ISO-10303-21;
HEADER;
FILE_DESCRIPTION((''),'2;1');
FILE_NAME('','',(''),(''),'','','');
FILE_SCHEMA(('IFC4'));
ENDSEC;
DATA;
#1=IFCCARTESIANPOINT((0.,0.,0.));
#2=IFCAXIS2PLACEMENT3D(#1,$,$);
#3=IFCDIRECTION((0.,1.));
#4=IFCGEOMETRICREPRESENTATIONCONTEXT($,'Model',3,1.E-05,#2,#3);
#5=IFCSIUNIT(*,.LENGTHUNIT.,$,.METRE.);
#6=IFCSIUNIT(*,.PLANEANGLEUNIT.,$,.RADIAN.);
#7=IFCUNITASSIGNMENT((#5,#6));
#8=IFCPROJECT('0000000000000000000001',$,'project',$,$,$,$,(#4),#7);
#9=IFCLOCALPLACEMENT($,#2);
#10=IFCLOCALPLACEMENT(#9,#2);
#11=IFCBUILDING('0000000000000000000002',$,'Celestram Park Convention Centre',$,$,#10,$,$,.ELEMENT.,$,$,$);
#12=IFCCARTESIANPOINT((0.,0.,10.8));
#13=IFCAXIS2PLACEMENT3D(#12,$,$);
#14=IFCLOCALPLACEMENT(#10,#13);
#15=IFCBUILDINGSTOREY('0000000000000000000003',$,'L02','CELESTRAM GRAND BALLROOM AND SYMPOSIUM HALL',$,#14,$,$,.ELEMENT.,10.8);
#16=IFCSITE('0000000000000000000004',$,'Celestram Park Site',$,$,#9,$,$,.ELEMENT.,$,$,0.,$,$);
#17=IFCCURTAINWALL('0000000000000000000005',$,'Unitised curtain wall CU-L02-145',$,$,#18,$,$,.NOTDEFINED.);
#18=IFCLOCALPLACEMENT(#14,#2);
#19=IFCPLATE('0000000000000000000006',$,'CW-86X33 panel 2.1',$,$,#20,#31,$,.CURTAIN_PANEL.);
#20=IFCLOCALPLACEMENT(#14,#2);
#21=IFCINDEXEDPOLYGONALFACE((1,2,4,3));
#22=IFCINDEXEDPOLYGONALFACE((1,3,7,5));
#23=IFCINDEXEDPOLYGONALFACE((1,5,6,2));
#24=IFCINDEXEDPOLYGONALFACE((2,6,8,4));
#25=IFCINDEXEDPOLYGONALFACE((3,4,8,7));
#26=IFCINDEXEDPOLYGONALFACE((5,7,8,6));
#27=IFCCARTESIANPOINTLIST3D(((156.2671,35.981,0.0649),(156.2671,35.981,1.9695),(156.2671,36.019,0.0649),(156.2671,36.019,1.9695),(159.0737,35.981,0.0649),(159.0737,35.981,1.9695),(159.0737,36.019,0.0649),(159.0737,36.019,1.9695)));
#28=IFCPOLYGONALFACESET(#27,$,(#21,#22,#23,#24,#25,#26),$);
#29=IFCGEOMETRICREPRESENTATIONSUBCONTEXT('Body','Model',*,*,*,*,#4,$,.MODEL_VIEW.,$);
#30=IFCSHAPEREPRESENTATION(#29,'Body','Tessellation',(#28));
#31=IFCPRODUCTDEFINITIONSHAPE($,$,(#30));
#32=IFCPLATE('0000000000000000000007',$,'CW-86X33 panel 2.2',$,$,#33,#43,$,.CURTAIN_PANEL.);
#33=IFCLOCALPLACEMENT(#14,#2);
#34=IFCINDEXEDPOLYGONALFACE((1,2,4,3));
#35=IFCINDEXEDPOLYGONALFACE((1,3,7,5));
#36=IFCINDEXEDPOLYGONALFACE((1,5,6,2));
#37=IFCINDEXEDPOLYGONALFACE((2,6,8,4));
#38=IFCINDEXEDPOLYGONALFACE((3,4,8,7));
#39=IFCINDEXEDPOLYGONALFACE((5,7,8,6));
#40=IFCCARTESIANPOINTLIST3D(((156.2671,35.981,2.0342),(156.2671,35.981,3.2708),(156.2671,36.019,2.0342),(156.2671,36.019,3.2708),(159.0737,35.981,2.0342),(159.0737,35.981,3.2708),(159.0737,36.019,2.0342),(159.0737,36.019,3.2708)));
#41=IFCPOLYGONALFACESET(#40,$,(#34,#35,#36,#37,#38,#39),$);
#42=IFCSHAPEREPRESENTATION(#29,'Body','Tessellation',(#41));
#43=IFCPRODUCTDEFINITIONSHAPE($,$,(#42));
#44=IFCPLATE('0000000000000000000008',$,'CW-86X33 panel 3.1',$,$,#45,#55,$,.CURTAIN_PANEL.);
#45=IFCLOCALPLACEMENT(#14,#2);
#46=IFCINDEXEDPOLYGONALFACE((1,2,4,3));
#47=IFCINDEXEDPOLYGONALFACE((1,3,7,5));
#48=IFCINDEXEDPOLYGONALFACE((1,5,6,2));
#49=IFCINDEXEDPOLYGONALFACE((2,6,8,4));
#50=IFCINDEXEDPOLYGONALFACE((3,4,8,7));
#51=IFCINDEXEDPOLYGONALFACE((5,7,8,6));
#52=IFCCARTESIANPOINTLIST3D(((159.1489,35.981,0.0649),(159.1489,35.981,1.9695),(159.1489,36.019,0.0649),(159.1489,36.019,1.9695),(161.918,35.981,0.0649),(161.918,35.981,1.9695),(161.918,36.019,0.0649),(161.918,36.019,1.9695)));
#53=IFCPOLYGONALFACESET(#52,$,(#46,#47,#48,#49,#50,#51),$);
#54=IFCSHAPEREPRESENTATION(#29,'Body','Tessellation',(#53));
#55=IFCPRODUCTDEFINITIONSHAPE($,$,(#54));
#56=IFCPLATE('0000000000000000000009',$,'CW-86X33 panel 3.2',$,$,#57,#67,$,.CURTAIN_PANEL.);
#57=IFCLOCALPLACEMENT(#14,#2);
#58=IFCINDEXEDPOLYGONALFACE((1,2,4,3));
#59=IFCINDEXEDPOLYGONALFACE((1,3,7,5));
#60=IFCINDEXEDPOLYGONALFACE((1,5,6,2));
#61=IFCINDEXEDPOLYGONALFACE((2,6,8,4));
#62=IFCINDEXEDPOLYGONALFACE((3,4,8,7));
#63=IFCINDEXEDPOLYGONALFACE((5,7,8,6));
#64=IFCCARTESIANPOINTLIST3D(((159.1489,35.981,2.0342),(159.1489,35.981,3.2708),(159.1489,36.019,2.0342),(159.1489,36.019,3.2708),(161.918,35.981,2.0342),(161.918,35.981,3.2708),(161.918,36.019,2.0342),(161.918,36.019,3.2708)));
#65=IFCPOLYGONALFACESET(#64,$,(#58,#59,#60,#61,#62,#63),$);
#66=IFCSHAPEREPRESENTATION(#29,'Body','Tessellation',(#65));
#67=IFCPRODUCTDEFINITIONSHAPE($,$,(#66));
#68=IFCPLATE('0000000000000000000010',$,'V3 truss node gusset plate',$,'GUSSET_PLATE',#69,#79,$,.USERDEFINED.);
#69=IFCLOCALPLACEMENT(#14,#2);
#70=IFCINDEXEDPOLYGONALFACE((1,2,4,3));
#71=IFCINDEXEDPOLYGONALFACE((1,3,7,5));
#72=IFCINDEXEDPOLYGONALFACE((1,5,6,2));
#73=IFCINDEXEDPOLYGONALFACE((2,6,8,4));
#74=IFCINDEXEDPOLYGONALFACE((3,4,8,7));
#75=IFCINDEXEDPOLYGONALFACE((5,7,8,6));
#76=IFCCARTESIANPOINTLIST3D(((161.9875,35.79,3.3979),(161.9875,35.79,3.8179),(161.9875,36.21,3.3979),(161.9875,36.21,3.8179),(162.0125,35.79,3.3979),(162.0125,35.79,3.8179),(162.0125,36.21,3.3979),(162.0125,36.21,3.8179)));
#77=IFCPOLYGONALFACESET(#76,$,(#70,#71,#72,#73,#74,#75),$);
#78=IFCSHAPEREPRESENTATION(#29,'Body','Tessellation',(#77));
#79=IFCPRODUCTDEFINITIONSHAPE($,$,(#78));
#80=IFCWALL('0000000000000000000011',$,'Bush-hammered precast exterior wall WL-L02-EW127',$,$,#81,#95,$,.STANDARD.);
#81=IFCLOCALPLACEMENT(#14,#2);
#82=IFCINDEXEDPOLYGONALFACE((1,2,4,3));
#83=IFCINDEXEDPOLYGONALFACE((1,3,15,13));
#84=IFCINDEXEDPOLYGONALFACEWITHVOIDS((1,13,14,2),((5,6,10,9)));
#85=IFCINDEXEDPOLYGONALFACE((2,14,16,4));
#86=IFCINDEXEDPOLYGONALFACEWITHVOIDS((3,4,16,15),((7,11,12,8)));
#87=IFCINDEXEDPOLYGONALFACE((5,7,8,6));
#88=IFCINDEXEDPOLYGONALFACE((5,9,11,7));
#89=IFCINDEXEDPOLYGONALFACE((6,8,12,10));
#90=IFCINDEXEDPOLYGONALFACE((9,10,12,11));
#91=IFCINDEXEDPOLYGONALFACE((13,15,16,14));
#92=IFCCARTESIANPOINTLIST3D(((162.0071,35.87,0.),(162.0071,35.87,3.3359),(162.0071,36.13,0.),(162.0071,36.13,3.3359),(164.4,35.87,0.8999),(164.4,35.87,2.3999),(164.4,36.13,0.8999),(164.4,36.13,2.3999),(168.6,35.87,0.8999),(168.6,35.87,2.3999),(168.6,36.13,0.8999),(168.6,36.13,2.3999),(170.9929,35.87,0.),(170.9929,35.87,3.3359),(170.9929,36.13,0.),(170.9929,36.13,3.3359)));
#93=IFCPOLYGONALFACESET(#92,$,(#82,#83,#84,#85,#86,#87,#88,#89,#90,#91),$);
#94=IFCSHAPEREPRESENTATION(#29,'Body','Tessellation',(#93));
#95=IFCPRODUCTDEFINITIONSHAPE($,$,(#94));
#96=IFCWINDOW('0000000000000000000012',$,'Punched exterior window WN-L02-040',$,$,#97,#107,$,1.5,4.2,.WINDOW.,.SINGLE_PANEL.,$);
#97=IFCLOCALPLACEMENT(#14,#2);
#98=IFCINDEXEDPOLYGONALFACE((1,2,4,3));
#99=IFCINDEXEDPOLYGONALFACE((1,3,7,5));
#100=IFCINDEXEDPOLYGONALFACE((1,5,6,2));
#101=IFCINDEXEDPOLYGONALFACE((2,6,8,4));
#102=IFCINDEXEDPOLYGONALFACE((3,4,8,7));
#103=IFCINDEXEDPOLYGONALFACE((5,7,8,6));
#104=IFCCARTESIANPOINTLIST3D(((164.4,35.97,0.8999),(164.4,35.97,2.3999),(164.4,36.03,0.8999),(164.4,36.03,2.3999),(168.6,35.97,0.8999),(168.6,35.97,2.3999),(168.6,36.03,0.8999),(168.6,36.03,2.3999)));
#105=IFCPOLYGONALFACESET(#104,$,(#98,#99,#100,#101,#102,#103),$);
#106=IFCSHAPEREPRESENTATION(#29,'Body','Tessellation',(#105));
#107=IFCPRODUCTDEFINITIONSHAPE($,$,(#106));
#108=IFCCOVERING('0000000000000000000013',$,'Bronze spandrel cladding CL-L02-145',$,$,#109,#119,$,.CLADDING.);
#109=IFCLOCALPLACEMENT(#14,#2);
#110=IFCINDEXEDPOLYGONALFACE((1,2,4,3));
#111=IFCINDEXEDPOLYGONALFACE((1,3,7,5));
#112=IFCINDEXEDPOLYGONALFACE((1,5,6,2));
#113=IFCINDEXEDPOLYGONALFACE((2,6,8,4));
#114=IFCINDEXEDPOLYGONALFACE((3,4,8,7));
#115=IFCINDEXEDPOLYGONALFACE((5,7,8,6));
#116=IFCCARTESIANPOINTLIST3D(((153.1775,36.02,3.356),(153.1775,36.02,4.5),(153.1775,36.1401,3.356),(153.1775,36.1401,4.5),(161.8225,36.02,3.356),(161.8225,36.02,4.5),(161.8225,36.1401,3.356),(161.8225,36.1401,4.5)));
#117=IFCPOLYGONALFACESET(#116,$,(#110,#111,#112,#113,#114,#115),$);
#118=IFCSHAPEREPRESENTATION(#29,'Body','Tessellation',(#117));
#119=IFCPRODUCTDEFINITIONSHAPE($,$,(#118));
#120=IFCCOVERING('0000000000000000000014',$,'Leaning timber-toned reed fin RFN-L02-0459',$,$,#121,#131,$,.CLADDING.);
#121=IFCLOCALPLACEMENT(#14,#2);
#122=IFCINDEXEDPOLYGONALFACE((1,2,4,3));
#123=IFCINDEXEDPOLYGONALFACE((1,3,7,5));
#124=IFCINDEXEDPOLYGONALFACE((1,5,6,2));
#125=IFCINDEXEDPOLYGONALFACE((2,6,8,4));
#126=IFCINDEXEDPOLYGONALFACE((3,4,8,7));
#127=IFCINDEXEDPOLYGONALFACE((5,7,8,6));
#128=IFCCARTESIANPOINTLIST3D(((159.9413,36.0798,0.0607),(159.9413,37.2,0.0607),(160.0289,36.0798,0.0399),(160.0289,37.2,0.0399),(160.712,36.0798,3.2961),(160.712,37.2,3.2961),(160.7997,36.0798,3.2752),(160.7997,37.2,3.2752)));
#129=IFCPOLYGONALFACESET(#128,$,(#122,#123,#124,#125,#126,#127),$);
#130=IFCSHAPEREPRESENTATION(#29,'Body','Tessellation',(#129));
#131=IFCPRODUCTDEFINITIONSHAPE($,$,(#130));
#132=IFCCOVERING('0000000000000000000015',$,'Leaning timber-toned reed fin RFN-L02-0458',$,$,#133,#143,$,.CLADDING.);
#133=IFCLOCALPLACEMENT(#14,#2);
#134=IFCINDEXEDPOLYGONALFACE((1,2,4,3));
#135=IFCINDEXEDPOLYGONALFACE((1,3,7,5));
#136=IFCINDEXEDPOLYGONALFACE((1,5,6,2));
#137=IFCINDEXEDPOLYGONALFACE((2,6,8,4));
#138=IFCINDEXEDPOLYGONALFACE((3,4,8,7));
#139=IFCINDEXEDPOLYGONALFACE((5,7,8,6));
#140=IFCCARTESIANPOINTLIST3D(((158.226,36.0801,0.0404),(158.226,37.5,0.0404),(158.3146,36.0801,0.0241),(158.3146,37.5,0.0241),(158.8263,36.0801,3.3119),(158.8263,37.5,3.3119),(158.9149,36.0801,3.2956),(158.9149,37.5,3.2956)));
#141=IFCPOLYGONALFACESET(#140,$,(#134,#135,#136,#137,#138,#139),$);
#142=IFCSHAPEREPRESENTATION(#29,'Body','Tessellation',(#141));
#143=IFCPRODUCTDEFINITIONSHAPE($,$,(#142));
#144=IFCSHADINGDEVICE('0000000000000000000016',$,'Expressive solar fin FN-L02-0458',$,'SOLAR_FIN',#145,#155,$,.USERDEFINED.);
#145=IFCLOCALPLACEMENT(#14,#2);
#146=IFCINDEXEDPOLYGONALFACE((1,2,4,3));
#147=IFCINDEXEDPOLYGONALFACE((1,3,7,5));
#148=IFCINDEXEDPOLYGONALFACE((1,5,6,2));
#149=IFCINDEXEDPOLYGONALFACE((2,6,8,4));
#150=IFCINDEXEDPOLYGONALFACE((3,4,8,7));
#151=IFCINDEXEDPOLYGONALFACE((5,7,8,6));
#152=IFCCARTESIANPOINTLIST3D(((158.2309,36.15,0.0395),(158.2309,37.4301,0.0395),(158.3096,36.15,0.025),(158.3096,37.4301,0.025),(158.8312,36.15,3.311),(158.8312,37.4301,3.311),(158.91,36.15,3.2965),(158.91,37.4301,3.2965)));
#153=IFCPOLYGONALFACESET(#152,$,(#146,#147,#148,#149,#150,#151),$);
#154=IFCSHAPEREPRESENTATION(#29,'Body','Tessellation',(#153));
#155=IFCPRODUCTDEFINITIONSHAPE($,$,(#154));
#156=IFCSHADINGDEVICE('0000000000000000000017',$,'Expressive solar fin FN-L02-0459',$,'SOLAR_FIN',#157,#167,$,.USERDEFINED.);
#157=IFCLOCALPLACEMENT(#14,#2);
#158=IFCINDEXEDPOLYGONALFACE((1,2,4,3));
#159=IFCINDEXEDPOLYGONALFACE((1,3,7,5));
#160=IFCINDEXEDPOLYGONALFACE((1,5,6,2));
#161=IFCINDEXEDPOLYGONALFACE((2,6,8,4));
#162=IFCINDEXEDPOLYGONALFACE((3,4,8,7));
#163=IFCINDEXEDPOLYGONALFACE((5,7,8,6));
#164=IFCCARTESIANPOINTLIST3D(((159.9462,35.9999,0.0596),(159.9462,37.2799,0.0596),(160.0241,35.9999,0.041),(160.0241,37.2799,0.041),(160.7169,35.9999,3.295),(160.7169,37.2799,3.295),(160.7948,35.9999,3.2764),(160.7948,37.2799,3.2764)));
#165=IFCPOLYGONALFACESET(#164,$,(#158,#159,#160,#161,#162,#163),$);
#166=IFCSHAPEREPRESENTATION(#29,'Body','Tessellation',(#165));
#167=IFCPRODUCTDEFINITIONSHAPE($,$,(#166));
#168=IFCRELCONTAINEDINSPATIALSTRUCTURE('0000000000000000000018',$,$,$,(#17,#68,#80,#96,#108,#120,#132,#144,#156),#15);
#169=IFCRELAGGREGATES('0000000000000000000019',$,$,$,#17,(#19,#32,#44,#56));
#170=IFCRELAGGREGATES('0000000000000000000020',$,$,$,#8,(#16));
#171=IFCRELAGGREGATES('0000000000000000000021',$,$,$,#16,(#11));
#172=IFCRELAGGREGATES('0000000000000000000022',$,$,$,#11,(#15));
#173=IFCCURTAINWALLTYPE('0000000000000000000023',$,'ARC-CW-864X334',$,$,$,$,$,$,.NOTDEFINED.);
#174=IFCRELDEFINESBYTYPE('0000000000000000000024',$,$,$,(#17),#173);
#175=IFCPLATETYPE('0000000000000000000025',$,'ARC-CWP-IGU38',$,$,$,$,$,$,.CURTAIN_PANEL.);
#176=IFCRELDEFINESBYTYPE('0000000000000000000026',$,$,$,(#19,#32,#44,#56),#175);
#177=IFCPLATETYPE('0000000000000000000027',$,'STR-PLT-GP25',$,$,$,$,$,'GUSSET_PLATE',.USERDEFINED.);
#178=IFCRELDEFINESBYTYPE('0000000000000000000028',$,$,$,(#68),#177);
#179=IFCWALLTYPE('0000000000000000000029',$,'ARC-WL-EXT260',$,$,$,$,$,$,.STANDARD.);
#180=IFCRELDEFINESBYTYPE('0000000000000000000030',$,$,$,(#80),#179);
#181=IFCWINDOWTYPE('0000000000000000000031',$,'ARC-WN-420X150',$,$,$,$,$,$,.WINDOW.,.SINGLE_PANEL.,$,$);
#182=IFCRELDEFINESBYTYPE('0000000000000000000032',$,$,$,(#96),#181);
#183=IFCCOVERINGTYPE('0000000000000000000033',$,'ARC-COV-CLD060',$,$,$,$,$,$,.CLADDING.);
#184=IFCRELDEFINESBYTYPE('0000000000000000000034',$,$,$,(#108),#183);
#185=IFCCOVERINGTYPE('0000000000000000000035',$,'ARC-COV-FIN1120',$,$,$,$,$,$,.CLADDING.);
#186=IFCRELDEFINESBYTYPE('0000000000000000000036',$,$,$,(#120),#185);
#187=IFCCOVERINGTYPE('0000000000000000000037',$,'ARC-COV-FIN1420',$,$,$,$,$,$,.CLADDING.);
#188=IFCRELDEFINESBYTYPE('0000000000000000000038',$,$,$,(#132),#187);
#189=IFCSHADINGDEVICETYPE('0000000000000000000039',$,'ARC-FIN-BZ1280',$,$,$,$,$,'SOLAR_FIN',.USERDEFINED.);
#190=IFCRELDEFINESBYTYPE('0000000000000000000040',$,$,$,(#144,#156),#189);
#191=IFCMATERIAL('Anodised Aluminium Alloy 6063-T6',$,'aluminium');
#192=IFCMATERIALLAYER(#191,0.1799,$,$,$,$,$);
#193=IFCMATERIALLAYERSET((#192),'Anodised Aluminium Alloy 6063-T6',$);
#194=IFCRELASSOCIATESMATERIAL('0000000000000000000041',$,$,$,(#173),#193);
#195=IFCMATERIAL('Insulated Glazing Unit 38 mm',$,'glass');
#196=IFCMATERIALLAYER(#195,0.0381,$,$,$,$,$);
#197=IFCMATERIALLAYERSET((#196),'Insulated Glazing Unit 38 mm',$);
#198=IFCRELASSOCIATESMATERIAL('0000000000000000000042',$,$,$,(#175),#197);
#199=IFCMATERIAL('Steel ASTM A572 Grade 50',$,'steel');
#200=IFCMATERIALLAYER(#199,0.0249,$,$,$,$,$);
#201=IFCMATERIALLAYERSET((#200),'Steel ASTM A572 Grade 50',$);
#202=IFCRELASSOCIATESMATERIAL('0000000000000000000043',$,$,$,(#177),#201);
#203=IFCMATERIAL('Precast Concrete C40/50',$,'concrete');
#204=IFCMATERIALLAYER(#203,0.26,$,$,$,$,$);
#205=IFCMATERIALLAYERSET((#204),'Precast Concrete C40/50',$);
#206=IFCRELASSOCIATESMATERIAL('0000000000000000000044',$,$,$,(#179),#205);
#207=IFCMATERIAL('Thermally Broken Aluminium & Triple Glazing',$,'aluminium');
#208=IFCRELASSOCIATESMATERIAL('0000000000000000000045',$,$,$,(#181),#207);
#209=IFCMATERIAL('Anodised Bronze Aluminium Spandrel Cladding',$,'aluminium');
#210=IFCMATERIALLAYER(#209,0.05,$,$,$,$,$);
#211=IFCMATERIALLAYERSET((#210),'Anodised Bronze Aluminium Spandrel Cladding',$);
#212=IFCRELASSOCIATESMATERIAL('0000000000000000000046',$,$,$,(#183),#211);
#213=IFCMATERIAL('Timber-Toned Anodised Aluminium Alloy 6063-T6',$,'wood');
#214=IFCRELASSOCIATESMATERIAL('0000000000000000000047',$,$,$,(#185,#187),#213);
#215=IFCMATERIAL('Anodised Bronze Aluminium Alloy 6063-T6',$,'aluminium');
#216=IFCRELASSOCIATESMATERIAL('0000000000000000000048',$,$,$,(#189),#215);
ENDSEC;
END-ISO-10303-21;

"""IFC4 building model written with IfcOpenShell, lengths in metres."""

from ifc_helpers import new_model, si_unit, direction, frame, frame_2d, origin, origin_2d, place, context, subcontext, project, spatial, rectangle, extrude, material, layer, layer_set, material_profile, profile_set, type_object, element, fill, aggregate, save


model = new_model("IFC4")

# Units and contexts
model_context = context("Model", 3, precision=1e-05, world=origin(), true_north=direction((0.0, 1.0)))
body_context = subcontext(model_context, "Body", "Model", "MODEL_VIEW")
ifc_project = project(units=[si_unit("LENGTHUNIT", "METRE"), si_unit("PLANEANGLEUNIT", "RADIAN")], contexts=[model_context])

# Site, building, storey
site_placement = place(None, origin())
site = spatial("IfcSite", under=ifc_project, at=site_placement, Name="Celestram Park Site", CompositionType="ELEMENT", RefElevation=0.0)
building_placement = place(site_placement, origin())
building = spatial("IfcBuilding", under=site, at=building_placement, Name="Celestram Park Convention Centre", CompositionType="ELEMENT")
storey_placement = place(building_placement, frame((0.0, 0.0, 10.8)))
storey = spatial("IfcBuildingStorey", under=building, at=storey_placement, Name="L02", Description="CELESTRAM GRAND BALLROOM AND SYMPOSIUM HALL", CompositionType="ELEMENT", Elevation=10.8)

# Curtain wall
ifc_material_1 = material(Name="Anodised Aluminium Alloy 6063-T6", Category="aluminium")
ifc_layer_1 = layer(ifc_material_1, 0.1799)
ifc_layer_set_1 = layer_set([ifc_layer_1], Name="Anodised Aluminium Alloy 6063-T6")
curtain_wall_type = type_object("IfcCurtainWallType", Name="ARC-CW-864X334", PredefinedType="NOTDEFINED", material=ifc_layer_set_1)
curtain_wall_placement = place(storey_placement, origin())
curtain_wall = element("IfcCurtainWall", 1, at=curtain_wall_placement, inside=storey, type_object=curtain_wall_type, Name="Unitised curtain wall CU-L02-145", PredefinedType="NOTDEFINED")

# Plates
ifc_material_2 = material(Name="Insulated Glazing Unit 38 mm", Category="glass")
ifc_layer_2 = layer(ifc_material_2, 0.0381)
ifc_layer_set_2 = layer_set([ifc_layer_2], Name="Insulated Glazing Unit 38 mm")
plate_type_1 = type_object("IfcPlateType", Name="ARC-CWP-IGU38", PredefinedType="CURTAIN_PANEL", material=ifc_layer_set_2)
plate_1_placement = place(storey_placement, frame((157.6704, 36.0, 0.0649), z_axis=(0.0, 0.0, 1.0), x_axis=(1.0, 0.0, 0.0)))
plate_1 = element("IfcPlate", 2, at=plate_1_placement, type_object=plate_type_1, Name="CW-86X33 panel 2.1", PredefinedType="CURTAIN_PANEL", context=body_context, shape_type="SweptSolid", body=[
    extrude(rectangle(XDim=2.8066, YDim=0.0381, at=origin_2d()), origin(), (0.0, 0.0, 1.0), 1.9045),
])
plate_2_placement = place(storey_placement, frame((157.6704, 36.0, 2.0342), z_axis=(0.0, 0.0, 1.0), x_axis=(1.0, 0.0, 0.0)))
plate_2 = element("IfcPlate", 3, at=plate_2_placement, type_object=plate_type_1, Name="CW-86X33 panel 2.2", PredefinedType="CURTAIN_PANEL", context=body_context, shape_type="SweptSolid", body=[
    extrude(rectangle(XDim=2.8066, YDim=0.0381, at=origin_2d()), origin(), (0.0, 0.0, 1.0), 1.2366),
])
plate_3_placement = place(storey_placement, frame((160.5334, 36.0, 0.0649), z_axis=(0.0, 0.0, 1.0), x_axis=(1.0, 0.0, 0.0)))
plate_3 = element("IfcPlate", 4, at=plate_3_placement, type_object=plate_type_1, Name="CW-86X33 panel 3.1", PredefinedType="CURTAIN_PANEL", context=body_context, shape_type="SweptSolid", body=[
    extrude(rectangle(XDim=2.769, YDim=0.0381, at=origin_2d()), origin(), (0.0, 0.0, 1.0), 1.9045),
])
plate_4_placement = place(storey_placement, frame((160.5334, 36.0, 2.0342), z_axis=(0.0, 0.0, 1.0), x_axis=(1.0, 0.0, 0.0)))
plate_4 = element("IfcPlate", 5, at=plate_4_placement, type_object=plate_type_1, Name="CW-86X33 panel 3.2", PredefinedType="CURTAIN_PANEL", context=body_context, shape_type="SweptSolid", body=[
    extrude(rectangle(XDim=2.769, YDim=0.0381, at=origin_2d()), origin(), (0.0, 0.0, 1.0), 1.2366),
])
aggregate(curtain_wall, [plate_1, plate_2, plate_3, plate_4])
ifc_material_3 = material(Name="Steel ASTM A572 Grade 50", Category="steel")
ifc_layer_3 = layer(ifc_material_3, 0.0249)
ifc_layer_set_3 = layer_set([ifc_layer_3], Name="Steel ASTM A572 Grade 50")
plate_type_2 = type_object("IfcPlateType", Name="STR-PLT-GP25", ElementType="GUSSET_PLATE", PredefinedType="USERDEFINED", material=ifc_layer_set_3)
plate_5_placement = place(storey_placement, frame((162.0, 36.0, 3.3979), z_axis=(0.0, 0.0, 1.0), x_axis=(0.0, 1.0, 0.0)))
element("IfcPlate", 6, at=plate_5_placement, inside=storey, type_object=plate_type_2, Name="V3 truss node gusset plate", ObjectType="GUSSET_PLATE", PredefinedType="USERDEFINED", context=body_context, shape_type="SweptSolid", body=[
    extrude(rectangle(XDim=0.4199, YDim=0.0249, at=origin_2d()), origin(), (0.0, 0.0, 1.0), 0.4199),
])

# Wall, opening, window
ifc_material_4 = material(Name="Precast Concrete C40/50", Category="concrete")
ifc_layer_4 = layer(ifc_material_4, 0.26)
ifc_layer_set_4 = layer_set([ifc_layer_4], Name="Precast Concrete C40/50")
wall_type = type_object("IfcWallType", Name="ARC-WL-EXT260", PredefinedType="STANDARD", material=ifc_layer_set_4)
wall_placement = place(storey_placement, frame((162.0071, 36.0, 0.0), z_axis=(0.0, 0.0, 1.0), x_axis=(1.0, 0.0, 0.0)))
wall = element("IfcWall", 7, at=wall_placement, inside=storey, type_object=wall_type, Name="Bush-hammered precast exterior wall WL-L02-EW127", PredefinedType="STANDARD", context=body_context, shape_type="SweptSolid", body=[
    extrude(rectangle(XDim=8.9858, YDim=0.26, at=frame_2d((4.4929, 0.0))), origin(), (0.0, 0.0, 1.0), 3.3359),
])
opening_placement = place(wall_placement, frame((2.3928, 0.0, 0.8999)))
opening = element("IfcOpeningElement", 8, at=opening_placement, cuts=wall, PredefinedType="OPENING", context=body_context, shape_type="SweptSolid", body=[
    extrude(rectangle(XDim=4.2, YDim=1.5, at=frame_2d((2.1001, 0.75))), frame((0.0, 0.1399, 0.0), z_axis=(0.0, -1.0, 0.0), x_axis=(1.0, 0.0, 0.0)), (0.0, 0.0, 1.0), 0.28),
])
ifc_material_5 = material(Name="Thermally Broken Aluminium & Triple Glazing", Category="aluminium")
window_type = type_object("IfcWindowType", Name="ARC-WN-420X150", PartitioningType="SINGLE_PANEL", PredefinedType="WINDOW", material=ifc_material_5)
window_placement = place(opening_placement, origin())
window = element("IfcWindow", 9, at=window_placement, inside=storey, type_object=window_type, Name="Punched exterior window WN-L02-040", OverallHeight=1.5, OverallWidth=4.2, PartitioningType="SINGLE_PANEL", PredefinedType="WINDOW", context=body_context, shape_type="SweptSolid", body=[
    extrude(rectangle(XDim=4.2, YDim=1.5, at=frame_2d((2.1001, 0.75))), frame((0.0, 0.03, 0.0), z_axis=(0.0, -1.0, 0.0), x_axis=(1.0, 0.0, 0.0)), (0.0, 0.0, 1.0), 0.0601),
])
fill(opening, window)

# Coverings
ifc_material_6 = material(Name="Anodised Bronze Aluminium Spandrel Cladding", Category="aluminium")
ifc_layer_5 = layer(ifc_material_6, 0.05)
ifc_layer_set_5 = layer_set([ifc_layer_5], Name="Anodised Bronze Aluminium Spandrel Cladding")
covering_type_1 = type_object("IfcCoveringType", Name="ARC-COV-CLD060", PredefinedType="CLADDING", material=ifc_layer_set_5)
covering_1_placement = place(storey_placement, frame((157.5, 36.0801, 3.356), z_axis=(0.0, 0.0, 1.0), x_axis=(1.0, 0.0, 0.0)))
element("IfcCovering", 10, at=covering_1_placement, inside=storey, type_object=covering_type_1, Name="Bronze spandrel cladding CL-L02-145", PredefinedType="CLADDING", context=body_context, shape_type="SweptSolid", body=[
    extrude(rectangle(XDim=8.645, YDim=0.1201, at=origin_2d()), origin(), (0.0, 0.0, 1.0), 1.144),
])
ifc_material_7 = material(Name="Timber-Toned Anodised Aluminium Alloy 6063-T6", Category="wood")
ifc_material_profile_1 = material_profile(ifc_material_7, rectangle(XDim=1.1201, YDim=0.0901, at=origin_2d()), Name="REED1120X90")
ifc_profile_set_1 = profile_set([ifc_material_profile_1], Name="Timber-Toned Anodised Aluminium Alloy 6063-T6")
covering_type_2 = type_object("IfcCoveringType", Name="ARC-COV-FIN1120", PredefinedType="CLADDING", material=ifc_profile_set_1)
covering_2_placement = place(storey_placement, frame((159.9851, 36.6399, 0.0503), z_axis=(0.231743, 0.0, 0.972777), x_axis=(0.0, 1.0, 0.0)))
element("IfcCovering", 11, at=covering_2_placement, inside=storey, type_object=covering_type_2, Name="Leaning timber-toned reed fin RFN-L02-0459", PredefinedType="CLADDING", context=body_context, shape_type="SweptSolid", body=[
    extrude(rectangle(XDim=1.1201, YDim=0.0901, at=origin_2d()), origin(), (0.0, 0.0, 1.0), 3.3259),
])
ifc_material_profile_2 = material_profile(ifc_material_7, rectangle(XDim=1.4199, YDim=0.0901, at=origin_2d()), Name="REED1420X90")
ifc_profile_set_2 = profile_set([ifc_material_profile_2], Name="Timber-Toned Anodised Aluminium Alloy 6063-T6")
covering_type_3 = type_object("IfcCoveringType", Name="ARC-COV-FIN1420", PredefinedType="CLADDING", material=ifc_profile_set_2)
covering_3_placement = place(storey_placement, frame((158.2703, 36.79, 0.0322), z_axis=(0.180494, 0.0, 0.983576), x_axis=(0.0, 1.0, 0.0)))
element("IfcCovering", 12, at=covering_3_placement, inside=storey, type_object=covering_type_3, Name="Leaning timber-toned reed fin RFN-L02-0458", PredefinedType="CLADDING", context=body_context, shape_type="SweptSolid", body=[
    extrude(rectangle(XDim=1.4199, YDim=0.0901, at=origin_2d()), origin(), (0.0, 0.0, 1.0), 3.3262),
])

# Shading devices
ifc_material_8 = material(Name="Anodised Bronze Aluminium Alloy 6063-T6", Category="aluminium")
ifc_material_profile_3 = material_profile(ifc_material_8, rectangle(XDim=1.28, YDim=0.0801, at=origin_2d()), Name="FIN1280X80")
ifc_profile_set_3 = profile_set([ifc_material_profile_3], Name="Anodised Bronze Aluminium Alloy 6063-T6")
shading_device_type = type_object("IfcShadingDeviceType", Name="ARC-FIN-BZ1280", ElementType="SOLAR_FIN", PredefinedType="USERDEFINED", material=ifc_profile_set_3)
shading_device_1_placement = place(storey_placement, frame((158.2703, 36.79, 0.0322), z_axis=(0.180494, 0.0, 0.983576), x_axis=(0.0, 1.0, 0.0)))
element("IfcShadingDevice", 13, at=shading_device_1_placement, inside=storey, type_object=shading_device_type, Name="Expressive solar fin FN-L02-0458", ObjectType="SOLAR_FIN", PredefinedType="USERDEFINED", context=body_context, shape_type="SweptSolid", body=[
    extrude(rectangle(XDim=1.28, YDim=0.0801, at=origin_2d()), origin(), (0.0, 0.0, 1.0), 3.3262),
])
shading_device_2_placement = place(storey_placement, frame((159.9851, 36.6399, 0.0503), z_axis=(0.231743, 0.0, 0.972777), x_axis=(0.0, 1.0, 0.0)))
element("IfcShadingDevice", 14, at=shading_device_2_placement, inside=storey, type_object=shading_device_type, Name="Expressive solar fin FN-L02-0459", ObjectType="SOLAR_FIN", PredefinedType="USERDEFINED", context=body_context, shape_type="SweptSolid", body=[
    extrude(rectangle(XDim=1.28, YDim=0.0801, at=origin_2d()), origin(), (0.0, 0.0, 1.0), 3.3259),
])

save(model, "model.ifc")
